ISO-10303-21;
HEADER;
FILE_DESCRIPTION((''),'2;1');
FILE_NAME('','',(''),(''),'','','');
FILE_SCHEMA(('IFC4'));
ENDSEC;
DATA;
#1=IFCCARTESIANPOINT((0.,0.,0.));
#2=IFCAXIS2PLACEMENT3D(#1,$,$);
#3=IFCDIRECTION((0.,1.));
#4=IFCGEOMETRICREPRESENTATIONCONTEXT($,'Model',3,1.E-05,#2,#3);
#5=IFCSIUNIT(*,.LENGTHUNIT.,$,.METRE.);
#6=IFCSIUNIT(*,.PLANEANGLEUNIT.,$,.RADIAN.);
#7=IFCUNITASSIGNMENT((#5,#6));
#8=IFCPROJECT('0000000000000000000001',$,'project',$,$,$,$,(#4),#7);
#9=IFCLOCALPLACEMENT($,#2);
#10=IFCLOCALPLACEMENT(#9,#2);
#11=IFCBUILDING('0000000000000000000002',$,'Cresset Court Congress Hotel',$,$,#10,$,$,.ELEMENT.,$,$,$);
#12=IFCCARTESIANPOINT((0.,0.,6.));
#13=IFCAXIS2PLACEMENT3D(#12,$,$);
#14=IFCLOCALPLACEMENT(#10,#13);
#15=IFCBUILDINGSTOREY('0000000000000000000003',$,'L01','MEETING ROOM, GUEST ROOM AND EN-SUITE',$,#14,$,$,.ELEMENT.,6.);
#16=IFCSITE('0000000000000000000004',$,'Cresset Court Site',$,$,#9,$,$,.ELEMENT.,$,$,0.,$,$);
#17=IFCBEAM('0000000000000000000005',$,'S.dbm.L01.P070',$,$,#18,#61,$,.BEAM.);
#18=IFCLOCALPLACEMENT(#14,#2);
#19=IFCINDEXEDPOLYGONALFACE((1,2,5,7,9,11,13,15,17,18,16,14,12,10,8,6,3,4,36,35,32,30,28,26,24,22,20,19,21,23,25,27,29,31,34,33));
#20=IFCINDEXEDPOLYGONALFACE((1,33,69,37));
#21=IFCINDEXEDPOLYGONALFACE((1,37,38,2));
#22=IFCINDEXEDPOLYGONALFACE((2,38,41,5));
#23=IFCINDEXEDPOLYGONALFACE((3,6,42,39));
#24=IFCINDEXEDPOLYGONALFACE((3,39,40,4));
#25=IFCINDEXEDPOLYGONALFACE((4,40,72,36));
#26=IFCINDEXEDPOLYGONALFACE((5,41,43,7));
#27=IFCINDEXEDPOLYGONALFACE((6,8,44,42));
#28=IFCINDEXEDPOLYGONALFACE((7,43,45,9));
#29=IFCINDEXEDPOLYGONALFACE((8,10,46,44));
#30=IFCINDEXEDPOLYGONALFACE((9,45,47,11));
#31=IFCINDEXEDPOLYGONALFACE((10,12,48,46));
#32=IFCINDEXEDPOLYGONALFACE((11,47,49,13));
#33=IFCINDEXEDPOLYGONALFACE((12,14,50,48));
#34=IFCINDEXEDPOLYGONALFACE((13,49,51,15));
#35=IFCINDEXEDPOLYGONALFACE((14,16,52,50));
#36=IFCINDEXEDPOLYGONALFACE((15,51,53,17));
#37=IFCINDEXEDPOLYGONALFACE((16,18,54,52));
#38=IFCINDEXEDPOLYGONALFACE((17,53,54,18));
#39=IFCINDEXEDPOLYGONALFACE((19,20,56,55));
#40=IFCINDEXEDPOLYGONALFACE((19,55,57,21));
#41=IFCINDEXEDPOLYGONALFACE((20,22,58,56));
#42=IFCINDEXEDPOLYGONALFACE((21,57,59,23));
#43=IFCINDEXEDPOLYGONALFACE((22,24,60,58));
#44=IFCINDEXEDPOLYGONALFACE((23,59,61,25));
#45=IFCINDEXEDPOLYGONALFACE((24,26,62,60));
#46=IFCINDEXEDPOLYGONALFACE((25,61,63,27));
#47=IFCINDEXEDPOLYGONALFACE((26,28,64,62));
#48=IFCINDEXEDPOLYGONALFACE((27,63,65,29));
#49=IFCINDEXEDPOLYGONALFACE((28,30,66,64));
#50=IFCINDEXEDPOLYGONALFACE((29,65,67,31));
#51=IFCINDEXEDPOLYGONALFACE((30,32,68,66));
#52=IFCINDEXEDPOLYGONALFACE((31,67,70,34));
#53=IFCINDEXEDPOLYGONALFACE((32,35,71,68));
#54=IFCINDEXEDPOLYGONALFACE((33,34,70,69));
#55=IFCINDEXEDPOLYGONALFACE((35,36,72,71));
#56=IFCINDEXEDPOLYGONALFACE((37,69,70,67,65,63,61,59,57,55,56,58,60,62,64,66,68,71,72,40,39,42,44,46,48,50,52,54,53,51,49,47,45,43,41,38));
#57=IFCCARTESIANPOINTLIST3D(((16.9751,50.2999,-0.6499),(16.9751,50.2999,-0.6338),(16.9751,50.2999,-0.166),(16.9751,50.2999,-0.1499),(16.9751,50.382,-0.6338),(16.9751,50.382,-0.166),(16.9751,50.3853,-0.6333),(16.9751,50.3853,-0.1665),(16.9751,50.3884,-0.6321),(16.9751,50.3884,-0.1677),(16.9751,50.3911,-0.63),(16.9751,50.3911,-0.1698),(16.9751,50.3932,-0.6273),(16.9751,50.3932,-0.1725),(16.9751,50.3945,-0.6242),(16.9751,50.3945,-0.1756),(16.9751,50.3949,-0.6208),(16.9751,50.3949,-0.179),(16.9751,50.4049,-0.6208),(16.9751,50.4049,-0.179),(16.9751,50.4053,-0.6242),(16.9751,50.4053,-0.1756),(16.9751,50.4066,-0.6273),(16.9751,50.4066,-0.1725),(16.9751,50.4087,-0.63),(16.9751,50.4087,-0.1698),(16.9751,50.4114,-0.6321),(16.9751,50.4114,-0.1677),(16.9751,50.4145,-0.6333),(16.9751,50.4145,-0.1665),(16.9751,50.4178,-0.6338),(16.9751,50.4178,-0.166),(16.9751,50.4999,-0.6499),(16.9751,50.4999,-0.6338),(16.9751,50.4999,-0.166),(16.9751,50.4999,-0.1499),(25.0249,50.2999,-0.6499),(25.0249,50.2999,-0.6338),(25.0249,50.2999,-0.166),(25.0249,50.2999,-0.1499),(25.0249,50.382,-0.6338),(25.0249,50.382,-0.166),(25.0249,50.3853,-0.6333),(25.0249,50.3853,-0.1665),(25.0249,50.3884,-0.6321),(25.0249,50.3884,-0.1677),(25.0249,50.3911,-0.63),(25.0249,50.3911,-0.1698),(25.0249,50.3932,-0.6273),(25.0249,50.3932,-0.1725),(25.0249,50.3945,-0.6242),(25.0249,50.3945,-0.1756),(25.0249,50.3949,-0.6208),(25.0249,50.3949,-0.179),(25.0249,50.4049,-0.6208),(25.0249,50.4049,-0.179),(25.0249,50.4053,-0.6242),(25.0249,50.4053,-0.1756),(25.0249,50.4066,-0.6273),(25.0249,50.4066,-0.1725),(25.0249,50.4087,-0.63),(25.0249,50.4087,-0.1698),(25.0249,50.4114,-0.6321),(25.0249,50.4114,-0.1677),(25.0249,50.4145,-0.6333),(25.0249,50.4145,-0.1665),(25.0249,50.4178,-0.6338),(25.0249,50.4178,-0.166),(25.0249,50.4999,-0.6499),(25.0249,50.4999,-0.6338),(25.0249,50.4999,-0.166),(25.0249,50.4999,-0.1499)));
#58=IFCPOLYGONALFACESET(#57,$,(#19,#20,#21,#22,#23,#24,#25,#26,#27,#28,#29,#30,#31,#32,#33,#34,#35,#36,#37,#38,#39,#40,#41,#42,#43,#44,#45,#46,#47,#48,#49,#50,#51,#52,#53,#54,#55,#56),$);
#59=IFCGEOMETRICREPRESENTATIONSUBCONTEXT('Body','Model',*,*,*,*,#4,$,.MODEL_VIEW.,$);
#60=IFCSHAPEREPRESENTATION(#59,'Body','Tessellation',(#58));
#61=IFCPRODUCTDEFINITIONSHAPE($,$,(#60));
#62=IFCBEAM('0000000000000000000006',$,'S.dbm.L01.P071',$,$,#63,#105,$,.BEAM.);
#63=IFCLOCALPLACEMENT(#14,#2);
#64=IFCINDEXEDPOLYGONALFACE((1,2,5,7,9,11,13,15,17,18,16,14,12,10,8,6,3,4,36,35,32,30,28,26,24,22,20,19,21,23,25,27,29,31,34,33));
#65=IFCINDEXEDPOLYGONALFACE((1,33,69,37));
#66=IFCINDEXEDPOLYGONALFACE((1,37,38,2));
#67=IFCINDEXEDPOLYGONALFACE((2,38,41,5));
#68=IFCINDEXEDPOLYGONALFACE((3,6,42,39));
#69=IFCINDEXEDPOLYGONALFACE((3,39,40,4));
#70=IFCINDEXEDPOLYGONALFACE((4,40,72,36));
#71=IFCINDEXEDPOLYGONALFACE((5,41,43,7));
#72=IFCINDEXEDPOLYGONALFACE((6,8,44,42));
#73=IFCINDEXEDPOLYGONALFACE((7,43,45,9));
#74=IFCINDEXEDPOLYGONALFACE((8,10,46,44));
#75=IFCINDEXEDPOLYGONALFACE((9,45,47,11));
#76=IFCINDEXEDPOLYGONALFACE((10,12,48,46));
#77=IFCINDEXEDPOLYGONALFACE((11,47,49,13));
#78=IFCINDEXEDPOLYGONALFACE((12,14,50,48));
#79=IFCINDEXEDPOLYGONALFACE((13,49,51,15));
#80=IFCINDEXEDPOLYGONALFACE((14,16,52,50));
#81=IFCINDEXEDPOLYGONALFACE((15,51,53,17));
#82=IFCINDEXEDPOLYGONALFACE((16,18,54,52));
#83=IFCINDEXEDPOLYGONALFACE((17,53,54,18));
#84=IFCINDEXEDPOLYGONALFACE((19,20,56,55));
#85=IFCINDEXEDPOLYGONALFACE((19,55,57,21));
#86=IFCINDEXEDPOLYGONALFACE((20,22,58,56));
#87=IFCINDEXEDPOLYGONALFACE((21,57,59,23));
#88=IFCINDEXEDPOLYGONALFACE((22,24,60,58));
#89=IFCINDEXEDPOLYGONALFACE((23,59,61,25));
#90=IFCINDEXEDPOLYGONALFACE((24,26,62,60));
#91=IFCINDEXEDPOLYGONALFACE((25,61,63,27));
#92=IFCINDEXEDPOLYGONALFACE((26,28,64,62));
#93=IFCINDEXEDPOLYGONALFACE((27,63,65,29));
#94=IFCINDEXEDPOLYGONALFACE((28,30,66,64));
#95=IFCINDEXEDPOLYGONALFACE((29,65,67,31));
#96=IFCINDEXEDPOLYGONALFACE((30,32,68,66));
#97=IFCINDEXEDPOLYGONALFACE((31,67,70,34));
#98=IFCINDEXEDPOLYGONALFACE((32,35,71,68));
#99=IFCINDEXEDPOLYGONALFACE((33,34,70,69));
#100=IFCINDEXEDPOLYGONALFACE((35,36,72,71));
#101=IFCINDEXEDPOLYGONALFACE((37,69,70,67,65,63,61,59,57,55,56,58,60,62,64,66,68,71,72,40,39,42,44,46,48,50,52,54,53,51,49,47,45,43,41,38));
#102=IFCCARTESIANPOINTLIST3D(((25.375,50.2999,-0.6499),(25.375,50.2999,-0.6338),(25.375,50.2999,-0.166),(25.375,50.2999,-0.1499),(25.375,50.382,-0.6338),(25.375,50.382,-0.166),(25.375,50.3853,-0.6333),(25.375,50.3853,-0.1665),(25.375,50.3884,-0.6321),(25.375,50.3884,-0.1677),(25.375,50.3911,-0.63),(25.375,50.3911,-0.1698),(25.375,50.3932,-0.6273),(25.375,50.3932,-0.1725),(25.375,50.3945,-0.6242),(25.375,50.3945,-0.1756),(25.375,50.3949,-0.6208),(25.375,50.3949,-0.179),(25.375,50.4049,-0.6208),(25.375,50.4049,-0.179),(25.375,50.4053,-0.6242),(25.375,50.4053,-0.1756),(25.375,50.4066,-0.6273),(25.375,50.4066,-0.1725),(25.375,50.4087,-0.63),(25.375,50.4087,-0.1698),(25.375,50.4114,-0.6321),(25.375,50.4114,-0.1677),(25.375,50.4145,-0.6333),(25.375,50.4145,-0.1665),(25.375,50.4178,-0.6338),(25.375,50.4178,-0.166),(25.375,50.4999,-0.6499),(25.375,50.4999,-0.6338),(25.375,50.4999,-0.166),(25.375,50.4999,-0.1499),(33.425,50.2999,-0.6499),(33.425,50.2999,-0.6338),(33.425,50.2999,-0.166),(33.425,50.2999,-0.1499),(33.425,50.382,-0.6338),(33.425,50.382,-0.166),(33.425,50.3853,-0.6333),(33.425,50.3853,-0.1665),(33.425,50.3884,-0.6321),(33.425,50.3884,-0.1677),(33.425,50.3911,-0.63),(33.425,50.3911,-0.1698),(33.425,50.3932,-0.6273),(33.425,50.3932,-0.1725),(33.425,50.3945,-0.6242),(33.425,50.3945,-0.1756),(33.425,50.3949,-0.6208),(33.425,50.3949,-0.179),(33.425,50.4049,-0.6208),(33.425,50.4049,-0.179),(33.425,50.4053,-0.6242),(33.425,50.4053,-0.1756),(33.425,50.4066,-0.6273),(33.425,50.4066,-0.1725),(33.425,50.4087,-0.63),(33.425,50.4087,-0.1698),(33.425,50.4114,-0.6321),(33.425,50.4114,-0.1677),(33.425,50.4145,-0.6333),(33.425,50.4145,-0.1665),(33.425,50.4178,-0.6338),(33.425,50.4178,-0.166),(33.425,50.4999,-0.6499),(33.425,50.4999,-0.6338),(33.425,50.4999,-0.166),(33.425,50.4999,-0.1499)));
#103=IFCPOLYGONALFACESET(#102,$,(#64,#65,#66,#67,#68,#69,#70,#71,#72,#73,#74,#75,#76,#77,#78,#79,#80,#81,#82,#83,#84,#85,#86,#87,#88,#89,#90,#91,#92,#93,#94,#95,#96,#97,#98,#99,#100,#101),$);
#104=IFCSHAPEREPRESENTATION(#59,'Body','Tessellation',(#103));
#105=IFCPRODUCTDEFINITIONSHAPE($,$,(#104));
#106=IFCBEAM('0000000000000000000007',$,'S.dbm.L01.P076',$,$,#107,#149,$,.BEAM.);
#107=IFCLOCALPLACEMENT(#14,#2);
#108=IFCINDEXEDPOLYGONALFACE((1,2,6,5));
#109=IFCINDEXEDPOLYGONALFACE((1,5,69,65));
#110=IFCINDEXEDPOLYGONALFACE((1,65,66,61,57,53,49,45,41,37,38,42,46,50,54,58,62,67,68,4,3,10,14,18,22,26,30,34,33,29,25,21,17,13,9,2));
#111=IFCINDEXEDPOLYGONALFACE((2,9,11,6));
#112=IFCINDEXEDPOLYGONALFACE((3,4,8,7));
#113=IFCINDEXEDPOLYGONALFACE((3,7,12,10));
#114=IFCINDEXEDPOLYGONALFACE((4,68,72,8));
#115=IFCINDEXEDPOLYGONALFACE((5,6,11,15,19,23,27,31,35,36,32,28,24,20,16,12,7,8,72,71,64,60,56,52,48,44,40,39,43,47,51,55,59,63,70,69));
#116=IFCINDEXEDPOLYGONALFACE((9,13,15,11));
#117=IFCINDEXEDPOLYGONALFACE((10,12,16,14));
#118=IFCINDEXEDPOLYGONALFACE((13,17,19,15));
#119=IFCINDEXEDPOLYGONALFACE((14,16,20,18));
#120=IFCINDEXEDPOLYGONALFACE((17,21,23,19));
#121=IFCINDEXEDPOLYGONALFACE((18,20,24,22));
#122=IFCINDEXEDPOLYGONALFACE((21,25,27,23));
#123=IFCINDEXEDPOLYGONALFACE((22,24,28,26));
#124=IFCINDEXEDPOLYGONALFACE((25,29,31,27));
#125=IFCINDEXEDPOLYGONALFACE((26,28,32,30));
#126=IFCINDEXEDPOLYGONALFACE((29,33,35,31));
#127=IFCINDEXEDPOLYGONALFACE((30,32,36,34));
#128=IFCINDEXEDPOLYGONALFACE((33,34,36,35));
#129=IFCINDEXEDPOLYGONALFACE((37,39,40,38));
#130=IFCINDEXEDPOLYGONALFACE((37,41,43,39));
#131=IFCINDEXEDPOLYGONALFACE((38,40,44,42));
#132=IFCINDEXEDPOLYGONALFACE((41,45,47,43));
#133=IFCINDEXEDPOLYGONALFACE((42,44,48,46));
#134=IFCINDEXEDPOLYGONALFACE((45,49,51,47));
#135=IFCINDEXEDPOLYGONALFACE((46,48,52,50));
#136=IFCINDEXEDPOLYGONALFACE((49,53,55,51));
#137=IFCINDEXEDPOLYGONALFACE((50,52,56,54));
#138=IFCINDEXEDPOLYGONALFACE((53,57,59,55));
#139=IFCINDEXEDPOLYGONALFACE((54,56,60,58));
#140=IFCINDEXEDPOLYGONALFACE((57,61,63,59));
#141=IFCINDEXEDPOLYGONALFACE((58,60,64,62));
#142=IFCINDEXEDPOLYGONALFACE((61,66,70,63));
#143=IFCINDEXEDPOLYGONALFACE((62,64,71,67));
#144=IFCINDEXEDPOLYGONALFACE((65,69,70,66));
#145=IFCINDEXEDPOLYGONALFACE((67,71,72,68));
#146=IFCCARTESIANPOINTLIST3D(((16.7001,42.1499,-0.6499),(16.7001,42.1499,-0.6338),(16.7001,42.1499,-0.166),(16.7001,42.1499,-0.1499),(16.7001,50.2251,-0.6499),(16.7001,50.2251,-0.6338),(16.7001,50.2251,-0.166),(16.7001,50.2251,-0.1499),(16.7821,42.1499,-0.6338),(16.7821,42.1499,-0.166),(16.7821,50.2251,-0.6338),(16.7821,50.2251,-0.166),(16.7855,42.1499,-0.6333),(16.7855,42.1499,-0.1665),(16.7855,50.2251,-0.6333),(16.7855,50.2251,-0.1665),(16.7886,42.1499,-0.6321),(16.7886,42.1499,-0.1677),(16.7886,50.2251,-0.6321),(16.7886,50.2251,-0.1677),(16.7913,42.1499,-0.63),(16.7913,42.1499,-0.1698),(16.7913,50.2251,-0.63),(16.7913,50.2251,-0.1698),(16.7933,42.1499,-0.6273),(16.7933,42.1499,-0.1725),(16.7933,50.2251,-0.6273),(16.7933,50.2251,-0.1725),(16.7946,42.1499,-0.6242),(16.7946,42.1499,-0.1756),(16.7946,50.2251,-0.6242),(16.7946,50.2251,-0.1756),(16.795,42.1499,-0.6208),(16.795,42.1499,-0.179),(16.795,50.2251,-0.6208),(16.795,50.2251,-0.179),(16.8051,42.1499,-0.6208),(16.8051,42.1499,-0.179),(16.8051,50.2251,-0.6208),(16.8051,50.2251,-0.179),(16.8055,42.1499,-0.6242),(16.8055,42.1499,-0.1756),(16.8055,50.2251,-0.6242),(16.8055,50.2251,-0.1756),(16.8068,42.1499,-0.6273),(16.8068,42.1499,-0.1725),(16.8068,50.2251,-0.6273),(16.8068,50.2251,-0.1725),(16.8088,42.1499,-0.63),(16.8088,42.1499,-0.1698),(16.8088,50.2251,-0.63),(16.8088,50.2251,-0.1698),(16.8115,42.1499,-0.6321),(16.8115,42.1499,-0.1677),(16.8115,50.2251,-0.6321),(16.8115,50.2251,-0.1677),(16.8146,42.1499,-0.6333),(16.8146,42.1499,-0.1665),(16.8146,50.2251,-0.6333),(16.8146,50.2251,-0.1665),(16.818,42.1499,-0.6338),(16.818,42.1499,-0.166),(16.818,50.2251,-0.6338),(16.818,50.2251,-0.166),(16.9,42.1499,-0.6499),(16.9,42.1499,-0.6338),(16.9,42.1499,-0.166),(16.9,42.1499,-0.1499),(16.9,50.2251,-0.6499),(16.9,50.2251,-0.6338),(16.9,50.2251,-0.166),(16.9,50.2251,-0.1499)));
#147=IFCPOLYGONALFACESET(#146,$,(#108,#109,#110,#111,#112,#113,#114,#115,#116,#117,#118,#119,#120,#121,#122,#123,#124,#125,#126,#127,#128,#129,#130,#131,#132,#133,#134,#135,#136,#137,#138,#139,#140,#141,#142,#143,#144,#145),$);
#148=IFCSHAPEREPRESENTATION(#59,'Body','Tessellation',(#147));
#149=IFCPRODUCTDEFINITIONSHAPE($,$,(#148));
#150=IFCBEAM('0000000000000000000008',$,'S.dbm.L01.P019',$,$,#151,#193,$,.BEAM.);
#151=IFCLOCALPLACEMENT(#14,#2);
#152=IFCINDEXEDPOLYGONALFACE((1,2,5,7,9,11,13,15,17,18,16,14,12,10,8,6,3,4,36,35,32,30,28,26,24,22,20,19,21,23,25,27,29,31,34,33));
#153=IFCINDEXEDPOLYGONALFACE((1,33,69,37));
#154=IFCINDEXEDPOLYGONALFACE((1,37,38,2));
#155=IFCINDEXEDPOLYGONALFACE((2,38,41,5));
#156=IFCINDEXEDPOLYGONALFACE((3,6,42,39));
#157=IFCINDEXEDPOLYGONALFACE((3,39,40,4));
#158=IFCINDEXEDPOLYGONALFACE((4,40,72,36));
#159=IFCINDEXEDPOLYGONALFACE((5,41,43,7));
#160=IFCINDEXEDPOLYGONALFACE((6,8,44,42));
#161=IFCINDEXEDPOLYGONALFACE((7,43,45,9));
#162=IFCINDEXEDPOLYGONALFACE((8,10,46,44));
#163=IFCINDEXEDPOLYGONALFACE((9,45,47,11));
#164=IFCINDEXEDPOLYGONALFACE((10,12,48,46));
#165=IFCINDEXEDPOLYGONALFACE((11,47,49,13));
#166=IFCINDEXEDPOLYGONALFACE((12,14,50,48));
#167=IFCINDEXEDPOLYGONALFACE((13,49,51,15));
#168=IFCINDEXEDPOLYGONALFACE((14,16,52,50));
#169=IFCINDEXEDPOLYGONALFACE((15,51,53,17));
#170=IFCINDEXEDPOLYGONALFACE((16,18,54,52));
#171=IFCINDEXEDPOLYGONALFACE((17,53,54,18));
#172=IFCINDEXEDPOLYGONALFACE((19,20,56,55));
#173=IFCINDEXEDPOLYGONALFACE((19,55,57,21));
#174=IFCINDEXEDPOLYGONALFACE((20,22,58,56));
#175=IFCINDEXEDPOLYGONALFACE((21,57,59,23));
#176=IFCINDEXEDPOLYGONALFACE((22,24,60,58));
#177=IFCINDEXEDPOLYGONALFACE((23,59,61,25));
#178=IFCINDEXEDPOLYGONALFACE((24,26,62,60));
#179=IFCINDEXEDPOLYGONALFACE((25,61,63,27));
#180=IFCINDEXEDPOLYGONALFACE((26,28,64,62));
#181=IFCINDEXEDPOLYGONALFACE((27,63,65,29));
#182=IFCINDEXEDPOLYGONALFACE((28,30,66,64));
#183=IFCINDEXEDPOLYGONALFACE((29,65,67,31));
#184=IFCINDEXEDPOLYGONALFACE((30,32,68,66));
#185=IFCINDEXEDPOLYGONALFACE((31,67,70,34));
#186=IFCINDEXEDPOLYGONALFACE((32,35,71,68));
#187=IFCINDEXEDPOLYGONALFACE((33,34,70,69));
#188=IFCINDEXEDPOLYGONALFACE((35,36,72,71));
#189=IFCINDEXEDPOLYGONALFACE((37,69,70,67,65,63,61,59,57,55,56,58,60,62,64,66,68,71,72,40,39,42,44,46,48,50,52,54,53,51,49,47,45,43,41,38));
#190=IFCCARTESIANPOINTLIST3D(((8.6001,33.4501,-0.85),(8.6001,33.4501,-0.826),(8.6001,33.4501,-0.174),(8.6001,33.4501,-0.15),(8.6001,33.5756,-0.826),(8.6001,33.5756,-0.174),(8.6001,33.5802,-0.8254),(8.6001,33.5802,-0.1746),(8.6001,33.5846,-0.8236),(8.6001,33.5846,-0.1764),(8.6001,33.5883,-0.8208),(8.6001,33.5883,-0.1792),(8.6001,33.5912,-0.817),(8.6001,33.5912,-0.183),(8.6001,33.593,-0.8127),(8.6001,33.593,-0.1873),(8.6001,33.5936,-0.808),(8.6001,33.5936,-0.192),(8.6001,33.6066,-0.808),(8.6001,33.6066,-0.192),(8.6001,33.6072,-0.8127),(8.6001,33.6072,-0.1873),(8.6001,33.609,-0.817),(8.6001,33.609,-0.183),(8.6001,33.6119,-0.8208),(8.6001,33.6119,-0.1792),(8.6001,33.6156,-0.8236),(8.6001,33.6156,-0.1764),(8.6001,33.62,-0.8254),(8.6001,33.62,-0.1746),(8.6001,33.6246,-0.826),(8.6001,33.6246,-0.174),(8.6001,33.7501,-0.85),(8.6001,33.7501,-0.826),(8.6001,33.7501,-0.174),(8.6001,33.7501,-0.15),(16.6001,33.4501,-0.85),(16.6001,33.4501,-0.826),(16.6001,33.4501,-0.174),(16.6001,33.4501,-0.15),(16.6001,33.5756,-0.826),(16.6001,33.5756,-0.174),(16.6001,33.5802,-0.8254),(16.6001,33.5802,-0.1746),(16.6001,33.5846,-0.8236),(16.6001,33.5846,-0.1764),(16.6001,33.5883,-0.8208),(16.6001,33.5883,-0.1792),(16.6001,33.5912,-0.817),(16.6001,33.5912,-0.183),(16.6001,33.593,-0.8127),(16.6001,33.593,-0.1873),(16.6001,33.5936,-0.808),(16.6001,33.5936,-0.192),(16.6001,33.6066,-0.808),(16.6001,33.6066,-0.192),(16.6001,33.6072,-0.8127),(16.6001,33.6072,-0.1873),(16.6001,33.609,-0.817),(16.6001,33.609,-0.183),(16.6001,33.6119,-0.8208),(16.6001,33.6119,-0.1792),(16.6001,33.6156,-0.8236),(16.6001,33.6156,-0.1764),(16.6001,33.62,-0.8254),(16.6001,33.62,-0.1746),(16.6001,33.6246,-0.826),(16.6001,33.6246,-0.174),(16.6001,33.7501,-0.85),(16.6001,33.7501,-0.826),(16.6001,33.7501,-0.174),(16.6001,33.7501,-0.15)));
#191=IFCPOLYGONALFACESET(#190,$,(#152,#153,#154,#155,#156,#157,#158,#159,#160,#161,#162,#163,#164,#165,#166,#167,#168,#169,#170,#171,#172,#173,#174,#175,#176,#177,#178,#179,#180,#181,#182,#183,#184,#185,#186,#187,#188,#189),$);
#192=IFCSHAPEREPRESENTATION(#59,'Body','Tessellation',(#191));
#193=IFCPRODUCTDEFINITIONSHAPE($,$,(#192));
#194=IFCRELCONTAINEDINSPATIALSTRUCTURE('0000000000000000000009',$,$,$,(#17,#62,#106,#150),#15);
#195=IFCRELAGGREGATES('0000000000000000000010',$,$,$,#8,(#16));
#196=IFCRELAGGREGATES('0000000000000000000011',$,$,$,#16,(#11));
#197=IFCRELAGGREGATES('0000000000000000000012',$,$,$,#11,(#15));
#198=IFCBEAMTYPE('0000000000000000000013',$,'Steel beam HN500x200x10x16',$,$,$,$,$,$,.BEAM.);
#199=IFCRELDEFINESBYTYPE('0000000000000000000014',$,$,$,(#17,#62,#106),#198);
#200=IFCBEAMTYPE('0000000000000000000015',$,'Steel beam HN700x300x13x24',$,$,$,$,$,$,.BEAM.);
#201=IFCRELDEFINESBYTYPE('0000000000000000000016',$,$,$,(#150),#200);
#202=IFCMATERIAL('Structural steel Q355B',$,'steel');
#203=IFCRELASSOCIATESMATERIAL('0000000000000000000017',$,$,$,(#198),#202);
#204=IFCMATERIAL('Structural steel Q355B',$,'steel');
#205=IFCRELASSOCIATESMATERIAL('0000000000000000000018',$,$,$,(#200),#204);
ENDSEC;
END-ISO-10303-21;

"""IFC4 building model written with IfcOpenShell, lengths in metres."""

from ifc_helpers import new_model, si_unit, direction, frame, origin, origin_2d, place, context, subcontext, project, spatial, i_section, extrude, material, material_profile, profile_set, type_object, element, save


model = new_model("IFC4")

# Units and contexts
model_context = context("Model", 3, precision=1e-05, world=origin(), true_north=direction((0.0, 1.0)))
body_context = subcontext(model_context, "Body", "Model", "MODEL_VIEW")
ifc_project = project(units=[si_unit("LENGTHUNIT", "METRE"), si_unit("PLANEANGLEUNIT", "RADIAN")], contexts=[model_context])

# Site, building, storey
site_placement = place(None, origin())
site = spatial("IfcSite", under=ifc_project, at=site_placement, Name="Cresset Court Site", CompositionType="ELEMENT", RefElevation=0.0)
building_placement = place(site_placement, origin())
building = spatial("IfcBuilding", under=site, at=building_placement, Name="Cresset Court Congress Hotel", CompositionType="ELEMENT")
storey_placement = place(building_placement, frame((0.0, 0.0, 6.0)))
storey = spatial("IfcBuildingStorey", under=building, at=storey_placement, Name="L01", Description="MEETING ROOM, GUEST ROOM AND EN-SUITE", CompositionType="ELEMENT", Elevation=6.0)

# Beams
ifc_material_1 = material(Name="Structural steel Q355B", Category="steel")
ifc_material_profile_1 = material_profile(ifc_material_1, i_section(OverallWidth=0.2, OverallDepth=0.5, WebThickness=0.01, FlangeThickness=0.0161, FilletRadius=0.0129, at=origin_2d()), Name="HN500x200x10x16")
ifc_profile_set_1 = profile_set([ifc_material_profile_1], Name="Structural steel Q355B")
beam_type_1 = type_object("IfcBeamType", Name="Steel beam HN500x200x10x16", PredefinedType="BEAM", material=ifc_profile_set_1)
beam_1_placement = place(storey_placement, frame((16.9751, 50.3999, -0.3999), z_axis=(1.0, 0.0, 0.0), x_axis=(0.0, 1.0, 0.0)))
element("IfcBeam", 1, at=beam_1_placement, inside=storey, type_object=beam_type_1, Name="S.dbm.L01.P070", PredefinedType="BEAM", context=body_context, shape_type="SweptSolid", body=[
    extrude(i_section(OverallWidth=0.2, OverallDepth=0.5, WebThickness=0.01, FlangeThickness=0.0161, FilletRadius=0.0129, at=origin_2d()), origin(), (0.0, 0.0, 1.0), 8.0498),
])
beam_2_placement = place(storey_placement, frame((25.375, 50.3999, -0.3999), z_axis=(1.0, 0.0, 0.0), x_axis=(0.0, 1.0, 0.0)))
element("IfcBeam", 2, at=beam_2_placement, inside=storey, type_object=beam_type_1, Name="S.dbm.L01.P071", PredefinedType="BEAM", context=body_context, shape_type="SweptSolid", body=[
    extrude(i_section(OverallWidth=0.2, OverallDepth=0.5, WebThickness=0.01, FlangeThickness=0.0161, FilletRadius=0.0129, at=origin_2d()), origin(), (0.0, 0.0, 1.0), 8.05),
])
beam_3_placement = place(storey_placement, frame((16.8, 42.1499, -0.3999), z_axis=(0.0, 1.0, 0.0), x_axis=(-1.0, 0.0, 0.0)))
element("IfcBeam", 3, at=beam_3_placement, inside=storey, type_object=beam_type_1, Name="S.dbm.L01.P076", PredefinedType="BEAM", context=body_context, shape_type="SweptSolid", body=[
    extrude(i_section(OverallWidth=0.2, OverallDepth=0.5, WebThickness=0.01, FlangeThickness=0.0161, FilletRadius=0.0129, at=origin_2d()), origin(), (0.0, 0.0, 1.0), 8.0752),
])
ifc_material_2 = material(Name="Structural steel Q355B", Category="steel")
ifc_material_profile_2 = material_profile(ifc_material_2, i_section(OverallWidth=0.3, OverallDepth=0.7, WebThickness=0.0129, FlangeThickness=0.0239, FilletRadius=0.0181, at=origin_2d()), Name="HN700x300x13x24")
ifc_profile_set_2 = profile_set([ifc_material_profile_2], Name="Structural steel Q355B")
beam_type_2 = type_object("IfcBeamType", Name="Steel beam HN700x300x13x24", PredefinedType="BEAM", material=ifc_profile_set_2)
for number, where, z_axis, x_axis, name in (
    (4, (8.6001, 33.6001, -0.5), (1.0, 0.0, 0.0), (0.0, 1.0, 0.0), "S.dbm.L01.P019"),
):
    element("IfcBeam", number, at=place(storey_placement, frame(where, z_axis=z_axis, x_axis=x_axis)), inside=storey, type_object=beam_type_2, Name=name, PredefinedType="BEAM", context=body_context, shape_type="SweptSolid", body=[
        extrude(i_section(OverallWidth=0.3, OverallDepth=0.7, WebThickness=0.0129, FlangeThickness=0.0239, FilletRadius=0.0181, at=origin_2d()), origin(), (0.0, 0.0, 1.0), 8.0),
    ])

save(model, "model.ifc")
